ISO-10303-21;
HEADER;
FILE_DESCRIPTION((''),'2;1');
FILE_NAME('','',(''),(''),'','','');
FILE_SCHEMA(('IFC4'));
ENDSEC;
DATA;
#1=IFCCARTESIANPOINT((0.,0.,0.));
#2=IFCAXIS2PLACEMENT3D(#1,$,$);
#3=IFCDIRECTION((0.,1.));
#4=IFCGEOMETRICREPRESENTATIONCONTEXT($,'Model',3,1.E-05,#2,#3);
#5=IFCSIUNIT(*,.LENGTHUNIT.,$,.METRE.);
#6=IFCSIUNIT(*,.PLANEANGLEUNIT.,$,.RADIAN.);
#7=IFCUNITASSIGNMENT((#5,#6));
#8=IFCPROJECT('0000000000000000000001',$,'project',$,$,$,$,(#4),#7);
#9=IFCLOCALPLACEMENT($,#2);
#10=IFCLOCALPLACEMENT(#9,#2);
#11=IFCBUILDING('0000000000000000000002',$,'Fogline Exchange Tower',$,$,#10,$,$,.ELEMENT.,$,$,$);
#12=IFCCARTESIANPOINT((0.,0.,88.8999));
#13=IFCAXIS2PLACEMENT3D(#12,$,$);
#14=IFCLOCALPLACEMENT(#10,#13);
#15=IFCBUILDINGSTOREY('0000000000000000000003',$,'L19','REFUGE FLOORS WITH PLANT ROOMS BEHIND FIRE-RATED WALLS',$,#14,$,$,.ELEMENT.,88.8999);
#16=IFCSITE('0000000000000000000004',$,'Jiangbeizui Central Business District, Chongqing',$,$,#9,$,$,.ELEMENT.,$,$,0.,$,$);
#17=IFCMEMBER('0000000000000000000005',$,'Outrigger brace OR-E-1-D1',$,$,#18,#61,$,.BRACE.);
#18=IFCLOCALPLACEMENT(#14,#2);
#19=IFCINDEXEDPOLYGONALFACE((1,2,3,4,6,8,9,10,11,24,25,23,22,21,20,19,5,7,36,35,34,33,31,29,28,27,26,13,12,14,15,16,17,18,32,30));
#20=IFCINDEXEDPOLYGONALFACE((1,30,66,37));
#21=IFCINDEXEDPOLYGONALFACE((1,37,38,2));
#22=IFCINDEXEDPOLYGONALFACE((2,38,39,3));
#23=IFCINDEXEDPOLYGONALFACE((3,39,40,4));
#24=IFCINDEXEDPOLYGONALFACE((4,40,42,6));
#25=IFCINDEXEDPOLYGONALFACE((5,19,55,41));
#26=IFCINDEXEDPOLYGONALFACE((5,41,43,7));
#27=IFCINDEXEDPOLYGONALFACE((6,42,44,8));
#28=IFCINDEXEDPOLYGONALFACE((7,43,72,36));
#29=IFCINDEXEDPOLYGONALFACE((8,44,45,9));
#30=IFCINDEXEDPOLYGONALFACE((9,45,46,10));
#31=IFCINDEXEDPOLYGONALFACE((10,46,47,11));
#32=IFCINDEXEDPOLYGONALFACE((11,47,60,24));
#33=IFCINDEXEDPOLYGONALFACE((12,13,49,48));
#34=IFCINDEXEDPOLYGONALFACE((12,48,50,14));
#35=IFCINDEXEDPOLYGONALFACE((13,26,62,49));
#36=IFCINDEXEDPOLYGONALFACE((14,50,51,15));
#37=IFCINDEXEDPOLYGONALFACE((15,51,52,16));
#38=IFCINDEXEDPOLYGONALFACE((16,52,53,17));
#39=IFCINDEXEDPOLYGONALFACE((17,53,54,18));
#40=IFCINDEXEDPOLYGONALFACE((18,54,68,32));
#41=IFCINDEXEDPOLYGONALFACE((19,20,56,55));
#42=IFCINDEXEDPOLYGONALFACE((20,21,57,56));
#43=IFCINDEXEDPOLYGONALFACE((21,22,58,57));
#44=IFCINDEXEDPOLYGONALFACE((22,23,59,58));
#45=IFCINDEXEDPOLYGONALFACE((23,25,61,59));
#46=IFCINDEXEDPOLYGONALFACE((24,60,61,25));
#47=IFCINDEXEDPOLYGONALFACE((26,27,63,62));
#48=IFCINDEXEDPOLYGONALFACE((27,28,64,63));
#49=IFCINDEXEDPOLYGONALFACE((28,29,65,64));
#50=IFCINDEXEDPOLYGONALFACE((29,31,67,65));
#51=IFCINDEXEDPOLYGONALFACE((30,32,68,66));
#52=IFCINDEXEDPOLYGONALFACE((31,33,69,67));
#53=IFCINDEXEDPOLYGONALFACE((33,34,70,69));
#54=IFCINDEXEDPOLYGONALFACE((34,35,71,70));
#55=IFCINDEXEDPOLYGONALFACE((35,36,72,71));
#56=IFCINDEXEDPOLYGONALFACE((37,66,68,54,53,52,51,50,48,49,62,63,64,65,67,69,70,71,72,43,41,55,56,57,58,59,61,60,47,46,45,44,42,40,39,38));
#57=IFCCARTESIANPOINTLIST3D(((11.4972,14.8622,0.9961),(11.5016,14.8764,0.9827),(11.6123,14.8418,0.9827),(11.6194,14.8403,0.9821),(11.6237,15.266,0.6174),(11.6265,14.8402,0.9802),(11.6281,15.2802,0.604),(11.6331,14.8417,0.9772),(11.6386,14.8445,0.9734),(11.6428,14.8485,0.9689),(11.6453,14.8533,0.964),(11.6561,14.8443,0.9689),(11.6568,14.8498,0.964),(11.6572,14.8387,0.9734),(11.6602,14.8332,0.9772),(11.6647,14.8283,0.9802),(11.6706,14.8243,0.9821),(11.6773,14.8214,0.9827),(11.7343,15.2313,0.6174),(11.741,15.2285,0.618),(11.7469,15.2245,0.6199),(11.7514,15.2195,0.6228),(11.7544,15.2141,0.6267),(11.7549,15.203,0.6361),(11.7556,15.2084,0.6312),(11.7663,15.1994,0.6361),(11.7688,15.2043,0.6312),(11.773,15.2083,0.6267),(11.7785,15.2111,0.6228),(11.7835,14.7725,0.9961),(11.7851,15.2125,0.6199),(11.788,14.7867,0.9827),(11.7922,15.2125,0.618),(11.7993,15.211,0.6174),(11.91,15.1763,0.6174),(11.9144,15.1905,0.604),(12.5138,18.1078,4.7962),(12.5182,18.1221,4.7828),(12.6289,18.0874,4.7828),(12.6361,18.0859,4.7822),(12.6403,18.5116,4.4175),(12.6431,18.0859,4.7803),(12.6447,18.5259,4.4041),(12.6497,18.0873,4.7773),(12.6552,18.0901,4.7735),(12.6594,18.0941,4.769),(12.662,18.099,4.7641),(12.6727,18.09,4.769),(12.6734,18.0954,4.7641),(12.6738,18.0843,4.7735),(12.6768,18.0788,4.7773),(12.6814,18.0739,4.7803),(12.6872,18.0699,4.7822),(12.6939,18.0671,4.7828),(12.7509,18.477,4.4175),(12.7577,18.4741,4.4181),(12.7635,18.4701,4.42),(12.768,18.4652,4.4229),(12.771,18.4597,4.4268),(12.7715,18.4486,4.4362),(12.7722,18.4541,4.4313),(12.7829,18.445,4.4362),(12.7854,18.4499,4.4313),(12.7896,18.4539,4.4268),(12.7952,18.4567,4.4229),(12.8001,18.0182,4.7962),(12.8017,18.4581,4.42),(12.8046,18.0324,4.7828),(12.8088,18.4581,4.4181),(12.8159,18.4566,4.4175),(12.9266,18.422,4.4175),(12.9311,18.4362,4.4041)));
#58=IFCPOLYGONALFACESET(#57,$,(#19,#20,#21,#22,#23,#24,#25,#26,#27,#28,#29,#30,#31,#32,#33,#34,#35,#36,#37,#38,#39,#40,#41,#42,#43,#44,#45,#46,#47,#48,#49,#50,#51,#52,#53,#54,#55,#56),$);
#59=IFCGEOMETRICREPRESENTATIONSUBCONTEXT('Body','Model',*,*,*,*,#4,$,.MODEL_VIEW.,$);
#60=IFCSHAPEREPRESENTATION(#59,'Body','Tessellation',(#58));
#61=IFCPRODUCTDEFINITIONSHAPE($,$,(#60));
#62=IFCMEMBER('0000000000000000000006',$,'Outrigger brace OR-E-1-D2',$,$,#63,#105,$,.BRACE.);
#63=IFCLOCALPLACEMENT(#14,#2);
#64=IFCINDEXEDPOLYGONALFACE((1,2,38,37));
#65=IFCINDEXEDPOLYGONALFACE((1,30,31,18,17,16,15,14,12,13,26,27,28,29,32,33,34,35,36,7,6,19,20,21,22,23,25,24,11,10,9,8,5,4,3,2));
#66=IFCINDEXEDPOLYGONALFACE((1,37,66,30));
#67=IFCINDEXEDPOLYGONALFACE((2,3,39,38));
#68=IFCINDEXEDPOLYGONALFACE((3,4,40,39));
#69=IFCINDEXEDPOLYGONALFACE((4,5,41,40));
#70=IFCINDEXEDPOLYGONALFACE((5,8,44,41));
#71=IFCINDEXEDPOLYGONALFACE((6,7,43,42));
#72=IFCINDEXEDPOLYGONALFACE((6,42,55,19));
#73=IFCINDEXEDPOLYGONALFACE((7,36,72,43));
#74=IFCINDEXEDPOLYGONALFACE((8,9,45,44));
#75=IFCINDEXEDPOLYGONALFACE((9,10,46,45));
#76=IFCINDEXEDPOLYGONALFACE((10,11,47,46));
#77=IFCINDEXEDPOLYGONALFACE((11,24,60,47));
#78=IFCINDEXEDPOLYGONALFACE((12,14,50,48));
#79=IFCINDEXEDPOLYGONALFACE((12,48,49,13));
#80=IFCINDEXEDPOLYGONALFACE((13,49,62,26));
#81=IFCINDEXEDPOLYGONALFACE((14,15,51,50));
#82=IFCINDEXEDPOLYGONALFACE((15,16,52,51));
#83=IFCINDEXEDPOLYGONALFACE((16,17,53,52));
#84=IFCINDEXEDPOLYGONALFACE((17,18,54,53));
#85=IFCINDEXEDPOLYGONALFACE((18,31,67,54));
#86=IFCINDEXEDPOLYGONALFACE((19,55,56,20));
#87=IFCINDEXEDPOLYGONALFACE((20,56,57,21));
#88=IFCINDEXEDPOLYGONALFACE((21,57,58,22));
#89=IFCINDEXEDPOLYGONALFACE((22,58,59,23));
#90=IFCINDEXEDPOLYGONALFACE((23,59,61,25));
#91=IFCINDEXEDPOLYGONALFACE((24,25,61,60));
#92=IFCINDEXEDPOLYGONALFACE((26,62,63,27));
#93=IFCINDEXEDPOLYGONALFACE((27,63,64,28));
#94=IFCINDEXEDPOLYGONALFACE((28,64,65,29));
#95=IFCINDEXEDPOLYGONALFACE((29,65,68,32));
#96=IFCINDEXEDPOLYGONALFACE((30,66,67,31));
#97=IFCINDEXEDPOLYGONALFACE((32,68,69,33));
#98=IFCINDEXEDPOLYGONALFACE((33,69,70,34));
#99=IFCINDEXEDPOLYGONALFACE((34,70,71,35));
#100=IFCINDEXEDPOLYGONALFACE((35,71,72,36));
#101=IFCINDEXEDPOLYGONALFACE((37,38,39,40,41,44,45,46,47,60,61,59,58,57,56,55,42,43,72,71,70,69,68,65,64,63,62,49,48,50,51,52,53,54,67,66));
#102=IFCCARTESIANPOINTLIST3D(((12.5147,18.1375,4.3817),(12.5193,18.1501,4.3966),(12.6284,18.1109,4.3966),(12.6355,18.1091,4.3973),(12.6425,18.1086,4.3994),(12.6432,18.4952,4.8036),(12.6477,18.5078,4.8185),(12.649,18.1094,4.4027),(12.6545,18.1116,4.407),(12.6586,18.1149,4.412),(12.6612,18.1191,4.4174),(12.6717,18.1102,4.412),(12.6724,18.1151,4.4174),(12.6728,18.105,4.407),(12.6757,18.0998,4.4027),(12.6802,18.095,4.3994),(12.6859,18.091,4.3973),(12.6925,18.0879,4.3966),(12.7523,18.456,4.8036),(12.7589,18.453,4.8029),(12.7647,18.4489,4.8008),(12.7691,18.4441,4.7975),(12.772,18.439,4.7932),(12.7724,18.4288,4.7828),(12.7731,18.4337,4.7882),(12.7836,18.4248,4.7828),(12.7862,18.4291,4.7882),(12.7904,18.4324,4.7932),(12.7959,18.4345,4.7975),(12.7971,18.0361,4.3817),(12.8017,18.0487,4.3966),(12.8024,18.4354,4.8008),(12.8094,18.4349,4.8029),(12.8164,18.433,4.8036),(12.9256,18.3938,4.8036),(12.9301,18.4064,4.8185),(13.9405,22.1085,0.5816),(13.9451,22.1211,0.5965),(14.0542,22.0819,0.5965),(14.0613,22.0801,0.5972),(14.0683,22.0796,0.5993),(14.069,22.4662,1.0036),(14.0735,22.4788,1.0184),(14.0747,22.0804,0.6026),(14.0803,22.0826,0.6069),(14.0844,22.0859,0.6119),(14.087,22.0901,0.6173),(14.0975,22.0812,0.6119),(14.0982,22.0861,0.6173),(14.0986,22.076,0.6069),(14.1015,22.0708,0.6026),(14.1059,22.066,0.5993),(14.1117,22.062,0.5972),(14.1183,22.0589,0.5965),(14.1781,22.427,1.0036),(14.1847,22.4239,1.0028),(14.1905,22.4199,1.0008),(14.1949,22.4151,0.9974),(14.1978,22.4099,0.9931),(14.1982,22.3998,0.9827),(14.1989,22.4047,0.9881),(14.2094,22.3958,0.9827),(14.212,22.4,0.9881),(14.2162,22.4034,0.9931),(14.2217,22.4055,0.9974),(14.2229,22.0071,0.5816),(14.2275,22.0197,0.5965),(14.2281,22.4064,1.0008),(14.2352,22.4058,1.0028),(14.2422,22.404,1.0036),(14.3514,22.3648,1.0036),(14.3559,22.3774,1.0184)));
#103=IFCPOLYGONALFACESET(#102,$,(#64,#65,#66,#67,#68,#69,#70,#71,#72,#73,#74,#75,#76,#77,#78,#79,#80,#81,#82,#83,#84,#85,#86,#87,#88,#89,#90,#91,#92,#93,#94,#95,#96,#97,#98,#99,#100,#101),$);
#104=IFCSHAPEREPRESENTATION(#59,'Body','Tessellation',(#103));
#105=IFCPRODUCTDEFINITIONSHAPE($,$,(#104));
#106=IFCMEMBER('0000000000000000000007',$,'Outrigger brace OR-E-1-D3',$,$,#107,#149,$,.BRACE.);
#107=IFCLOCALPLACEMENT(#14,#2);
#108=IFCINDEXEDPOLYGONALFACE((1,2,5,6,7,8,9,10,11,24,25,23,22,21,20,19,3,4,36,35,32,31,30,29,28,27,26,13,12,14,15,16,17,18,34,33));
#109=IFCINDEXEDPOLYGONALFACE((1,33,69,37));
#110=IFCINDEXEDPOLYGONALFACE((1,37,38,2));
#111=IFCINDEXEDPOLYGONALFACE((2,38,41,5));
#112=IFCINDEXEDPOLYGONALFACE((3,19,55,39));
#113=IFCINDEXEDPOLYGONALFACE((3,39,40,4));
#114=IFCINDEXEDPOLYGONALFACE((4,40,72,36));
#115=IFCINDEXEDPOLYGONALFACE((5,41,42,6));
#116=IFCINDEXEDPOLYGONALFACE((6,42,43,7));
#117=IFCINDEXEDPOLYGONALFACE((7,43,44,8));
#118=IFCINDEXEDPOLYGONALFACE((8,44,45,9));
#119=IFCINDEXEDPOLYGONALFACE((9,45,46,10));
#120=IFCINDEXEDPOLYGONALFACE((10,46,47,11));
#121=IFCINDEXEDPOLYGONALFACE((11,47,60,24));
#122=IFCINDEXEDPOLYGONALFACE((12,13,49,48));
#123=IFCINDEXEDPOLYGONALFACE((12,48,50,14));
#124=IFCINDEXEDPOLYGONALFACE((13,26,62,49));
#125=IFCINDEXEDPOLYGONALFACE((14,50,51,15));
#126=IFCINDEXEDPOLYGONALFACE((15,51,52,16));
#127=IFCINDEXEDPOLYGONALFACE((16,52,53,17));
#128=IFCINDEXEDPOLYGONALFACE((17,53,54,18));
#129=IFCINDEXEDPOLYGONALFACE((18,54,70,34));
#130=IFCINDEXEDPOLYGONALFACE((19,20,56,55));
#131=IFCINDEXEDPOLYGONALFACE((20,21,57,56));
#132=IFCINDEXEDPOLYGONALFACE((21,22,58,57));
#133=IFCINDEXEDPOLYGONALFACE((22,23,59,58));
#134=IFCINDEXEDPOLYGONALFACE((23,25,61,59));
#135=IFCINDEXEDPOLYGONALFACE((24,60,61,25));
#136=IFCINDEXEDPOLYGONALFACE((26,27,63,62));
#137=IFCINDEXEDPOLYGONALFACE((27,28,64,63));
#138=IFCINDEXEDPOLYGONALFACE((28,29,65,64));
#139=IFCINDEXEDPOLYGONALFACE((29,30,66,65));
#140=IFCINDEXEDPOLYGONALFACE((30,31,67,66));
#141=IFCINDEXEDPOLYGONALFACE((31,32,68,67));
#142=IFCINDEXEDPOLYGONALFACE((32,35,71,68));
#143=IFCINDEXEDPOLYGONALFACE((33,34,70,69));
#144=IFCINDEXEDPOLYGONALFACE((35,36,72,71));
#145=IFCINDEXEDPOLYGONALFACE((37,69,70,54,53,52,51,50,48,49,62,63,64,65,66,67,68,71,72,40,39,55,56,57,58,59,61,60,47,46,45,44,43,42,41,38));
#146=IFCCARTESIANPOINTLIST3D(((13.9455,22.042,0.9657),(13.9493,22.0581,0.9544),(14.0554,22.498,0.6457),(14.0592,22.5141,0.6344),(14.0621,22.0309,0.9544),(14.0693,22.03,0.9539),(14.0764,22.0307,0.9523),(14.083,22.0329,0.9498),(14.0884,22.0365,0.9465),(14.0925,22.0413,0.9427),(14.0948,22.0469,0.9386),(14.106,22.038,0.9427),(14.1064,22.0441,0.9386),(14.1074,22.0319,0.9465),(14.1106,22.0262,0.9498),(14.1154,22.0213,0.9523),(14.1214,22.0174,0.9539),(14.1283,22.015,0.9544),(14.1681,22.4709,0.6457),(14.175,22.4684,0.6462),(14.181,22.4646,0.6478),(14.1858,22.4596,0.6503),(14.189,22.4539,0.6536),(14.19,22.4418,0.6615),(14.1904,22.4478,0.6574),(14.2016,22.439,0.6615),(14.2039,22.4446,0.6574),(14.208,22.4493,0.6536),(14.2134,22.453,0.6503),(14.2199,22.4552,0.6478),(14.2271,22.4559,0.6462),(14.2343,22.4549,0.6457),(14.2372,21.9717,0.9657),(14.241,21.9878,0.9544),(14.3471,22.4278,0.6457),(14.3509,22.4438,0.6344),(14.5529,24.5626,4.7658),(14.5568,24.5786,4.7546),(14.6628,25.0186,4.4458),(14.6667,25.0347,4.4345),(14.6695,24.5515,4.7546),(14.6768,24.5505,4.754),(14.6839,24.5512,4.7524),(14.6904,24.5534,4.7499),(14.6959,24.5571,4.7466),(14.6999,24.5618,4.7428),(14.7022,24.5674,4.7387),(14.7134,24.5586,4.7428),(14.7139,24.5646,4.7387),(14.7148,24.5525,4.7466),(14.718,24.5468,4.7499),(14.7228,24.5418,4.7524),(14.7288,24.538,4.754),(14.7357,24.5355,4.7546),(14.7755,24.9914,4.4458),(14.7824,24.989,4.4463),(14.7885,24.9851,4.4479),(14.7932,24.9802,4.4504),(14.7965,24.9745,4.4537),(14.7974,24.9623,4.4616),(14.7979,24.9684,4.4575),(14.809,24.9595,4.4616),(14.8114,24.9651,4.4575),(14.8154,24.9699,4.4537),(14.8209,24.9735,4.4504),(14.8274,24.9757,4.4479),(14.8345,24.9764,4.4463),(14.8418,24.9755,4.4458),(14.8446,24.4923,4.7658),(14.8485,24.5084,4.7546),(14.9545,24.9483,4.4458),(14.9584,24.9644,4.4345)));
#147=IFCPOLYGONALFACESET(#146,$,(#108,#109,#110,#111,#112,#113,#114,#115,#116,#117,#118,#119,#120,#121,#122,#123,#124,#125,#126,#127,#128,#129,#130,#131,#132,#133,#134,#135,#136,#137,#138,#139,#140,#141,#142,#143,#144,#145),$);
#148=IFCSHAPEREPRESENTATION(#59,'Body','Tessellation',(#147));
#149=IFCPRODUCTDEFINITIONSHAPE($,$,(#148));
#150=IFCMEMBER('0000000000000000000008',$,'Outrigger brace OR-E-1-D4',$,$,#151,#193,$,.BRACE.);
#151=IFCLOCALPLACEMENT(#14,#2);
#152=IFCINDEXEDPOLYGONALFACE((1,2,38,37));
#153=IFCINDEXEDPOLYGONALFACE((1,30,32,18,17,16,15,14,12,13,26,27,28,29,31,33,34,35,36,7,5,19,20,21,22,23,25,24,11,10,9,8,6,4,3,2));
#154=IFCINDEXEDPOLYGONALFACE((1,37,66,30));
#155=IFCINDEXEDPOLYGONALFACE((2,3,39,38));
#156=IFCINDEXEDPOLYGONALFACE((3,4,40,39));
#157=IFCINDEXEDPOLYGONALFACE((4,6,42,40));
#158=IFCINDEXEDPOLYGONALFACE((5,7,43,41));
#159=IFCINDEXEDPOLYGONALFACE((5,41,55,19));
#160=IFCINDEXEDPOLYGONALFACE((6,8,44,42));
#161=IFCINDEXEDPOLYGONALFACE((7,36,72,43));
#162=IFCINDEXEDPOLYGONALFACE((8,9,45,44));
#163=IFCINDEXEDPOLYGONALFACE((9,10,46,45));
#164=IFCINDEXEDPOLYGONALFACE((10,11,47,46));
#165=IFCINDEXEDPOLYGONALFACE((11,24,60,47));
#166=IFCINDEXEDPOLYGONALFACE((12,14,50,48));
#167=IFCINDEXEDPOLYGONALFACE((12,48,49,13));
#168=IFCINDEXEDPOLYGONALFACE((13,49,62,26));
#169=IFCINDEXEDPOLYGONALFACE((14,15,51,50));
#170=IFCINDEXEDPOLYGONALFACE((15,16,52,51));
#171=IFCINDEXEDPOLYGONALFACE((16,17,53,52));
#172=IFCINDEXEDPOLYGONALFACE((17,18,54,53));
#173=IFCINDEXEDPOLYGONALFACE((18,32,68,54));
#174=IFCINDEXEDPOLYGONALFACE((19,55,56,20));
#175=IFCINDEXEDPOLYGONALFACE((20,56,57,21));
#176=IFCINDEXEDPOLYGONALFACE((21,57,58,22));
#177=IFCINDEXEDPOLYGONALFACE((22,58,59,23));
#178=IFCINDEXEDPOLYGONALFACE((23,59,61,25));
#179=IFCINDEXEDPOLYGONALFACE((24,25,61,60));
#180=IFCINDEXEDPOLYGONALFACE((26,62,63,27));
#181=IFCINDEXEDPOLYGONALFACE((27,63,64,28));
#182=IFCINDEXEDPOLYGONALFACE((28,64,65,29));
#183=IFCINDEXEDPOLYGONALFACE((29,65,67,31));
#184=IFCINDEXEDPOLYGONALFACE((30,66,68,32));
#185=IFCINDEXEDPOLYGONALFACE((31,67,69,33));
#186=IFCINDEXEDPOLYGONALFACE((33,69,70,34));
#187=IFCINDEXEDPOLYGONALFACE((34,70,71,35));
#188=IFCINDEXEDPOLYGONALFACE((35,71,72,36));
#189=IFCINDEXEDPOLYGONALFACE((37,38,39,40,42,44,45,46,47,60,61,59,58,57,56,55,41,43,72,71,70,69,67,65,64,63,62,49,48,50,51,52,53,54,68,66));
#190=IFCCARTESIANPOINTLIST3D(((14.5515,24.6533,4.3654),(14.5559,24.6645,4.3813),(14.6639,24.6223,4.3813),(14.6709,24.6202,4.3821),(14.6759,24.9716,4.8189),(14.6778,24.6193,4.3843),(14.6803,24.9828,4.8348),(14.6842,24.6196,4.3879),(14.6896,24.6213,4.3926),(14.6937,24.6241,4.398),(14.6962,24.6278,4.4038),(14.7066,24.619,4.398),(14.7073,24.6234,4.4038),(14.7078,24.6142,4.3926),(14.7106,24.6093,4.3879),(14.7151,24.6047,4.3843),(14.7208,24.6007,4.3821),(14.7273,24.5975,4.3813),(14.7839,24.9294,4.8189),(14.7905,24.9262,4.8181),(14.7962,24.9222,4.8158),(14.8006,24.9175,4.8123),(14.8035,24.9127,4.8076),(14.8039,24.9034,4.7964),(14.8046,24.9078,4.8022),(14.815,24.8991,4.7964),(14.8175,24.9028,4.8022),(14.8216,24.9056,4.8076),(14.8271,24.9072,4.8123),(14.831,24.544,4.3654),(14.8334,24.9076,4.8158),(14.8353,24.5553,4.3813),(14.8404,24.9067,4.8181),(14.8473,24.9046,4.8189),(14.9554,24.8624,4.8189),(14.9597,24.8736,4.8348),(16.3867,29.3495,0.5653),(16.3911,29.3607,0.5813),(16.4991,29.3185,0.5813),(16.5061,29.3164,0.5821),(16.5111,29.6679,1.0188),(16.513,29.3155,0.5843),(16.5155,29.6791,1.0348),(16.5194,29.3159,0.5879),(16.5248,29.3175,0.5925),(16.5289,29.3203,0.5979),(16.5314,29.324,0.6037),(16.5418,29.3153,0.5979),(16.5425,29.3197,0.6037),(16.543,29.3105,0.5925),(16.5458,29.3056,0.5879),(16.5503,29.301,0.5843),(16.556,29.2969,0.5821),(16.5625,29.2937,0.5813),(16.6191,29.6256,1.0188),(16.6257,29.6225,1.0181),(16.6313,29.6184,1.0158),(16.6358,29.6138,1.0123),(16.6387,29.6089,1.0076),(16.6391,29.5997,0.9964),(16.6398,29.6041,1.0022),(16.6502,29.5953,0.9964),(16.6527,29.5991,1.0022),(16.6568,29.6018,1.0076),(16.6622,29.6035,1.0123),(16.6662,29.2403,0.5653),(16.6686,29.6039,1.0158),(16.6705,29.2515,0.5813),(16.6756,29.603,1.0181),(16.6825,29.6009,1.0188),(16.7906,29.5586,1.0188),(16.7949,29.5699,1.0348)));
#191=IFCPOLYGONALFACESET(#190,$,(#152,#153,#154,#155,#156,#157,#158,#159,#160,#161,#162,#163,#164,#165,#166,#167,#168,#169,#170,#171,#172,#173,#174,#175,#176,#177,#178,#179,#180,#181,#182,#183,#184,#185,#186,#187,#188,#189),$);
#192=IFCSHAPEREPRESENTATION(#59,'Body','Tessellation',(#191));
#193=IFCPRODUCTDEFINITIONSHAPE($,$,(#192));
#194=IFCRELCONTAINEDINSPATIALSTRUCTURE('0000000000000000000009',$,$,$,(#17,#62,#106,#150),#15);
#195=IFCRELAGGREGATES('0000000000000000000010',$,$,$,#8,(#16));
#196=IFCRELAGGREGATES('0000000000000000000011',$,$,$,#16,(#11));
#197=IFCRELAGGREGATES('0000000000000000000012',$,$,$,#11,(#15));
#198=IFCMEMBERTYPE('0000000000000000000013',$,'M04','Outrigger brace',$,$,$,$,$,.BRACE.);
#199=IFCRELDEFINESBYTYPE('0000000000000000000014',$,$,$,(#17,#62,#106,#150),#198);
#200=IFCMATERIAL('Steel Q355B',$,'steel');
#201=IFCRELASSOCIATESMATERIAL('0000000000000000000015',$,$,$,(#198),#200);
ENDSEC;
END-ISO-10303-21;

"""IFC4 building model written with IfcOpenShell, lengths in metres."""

from ifc_helpers import new_model, si_unit, direction, frame, origin, origin_2d, place, context, subcontext, project, spatial, i_section, extrude, material, material_profile, profile_set, type_object, element, save


model = new_model("IFC4")

# Units and contexts
model_context = context("Model", 3, precision=1e-05, world=origin(), true_north=direction((0.0, 1.0)))
body_context = subcontext(model_context, "Body", "Model", "MODEL_VIEW")
ifc_project = project(units=[si_unit("LENGTHUNIT", "METRE"), si_unit("PLANEANGLEUNIT", "RADIAN")], contexts=[model_context])

# Site, building, storey
site_placement = place(None, origin())
site = spatial("IfcSite", under=ifc_project, at=site_placement, Name="Jiangbeizui Central Business District, Chongqing", CompositionType="ELEMENT", RefElevation=0.0)
building_placement = place(site_placement, origin())
building = spatial("IfcBuilding", under=site, at=building_placement, Name="Fogline Exchange Tower", CompositionType="ELEMENT")
storey_placement = place(building_placement, frame((0.0, 0.0, 88.8999)))
storey = spatial("IfcBuildingStorey", under=building, at=storey_placement, Name="L19", Description="REFUGE FLOORS WITH PLANT ROOMS BEHIND FIRE-RATED WALLS", CompositionType="ELEMENT", Elevation=88.8999)

# Members
ifc_material_1 = material(Name="Steel Q355B", Category="steel")
ifc_material_profile_1 = material_profile(ifc_material_1, i_section(OverallWidth=0.3, OverallDepth=0.5879, WebThickness=0.012, FlangeThickness=0.02, FilletRadius=0.0281, at=origin_2d()), Name="HM588X300X12X20")
ifc_profile_set_1 = profile_set([ifc_material_profile_1], Name="Steel Q355B")
member_type_1 = type_object("IfcMemberType", Name="M04", Description="Outrigger brace", PredefinedType="BRACE", material=ifc_profile_set_1)
member_1_placement = place(storey_placement, frame((11.7058, 15.0264, 0.8), z_axis=(0.199342, 0.63642, 0.745139), x_axis=(-0.954283, 0.298904, 0.0)))
element("IfcMember", 1, at=member_1_placement, inside=storey, type_object=member_type_1, Name="Outrigger brace OR-E-1-D1", PredefinedType="BRACE", context=body_context, shape_type="SweptSolid", body=[
    extrude(i_section(OverallWidth=0.3, OverallDepth=0.5879, WebThickness=0.012, FlangeThickness=0.02, FilletRadius=0.0281, at=origin_2d()), origin(), (0.0, 0.0, 1.0), 5.0999),
])
member_2_placement = place(storey_placement, frame((12.7224, 18.272, 4.6001), z_axis=(0.251099, 0.699335, -0.669238), x_axis=(-0.941171, 0.33793, 0.0)))
element("IfcMember", 2, at=member_2_placement, inside=storey, type_object=member_type_1, Name="Outrigger brace OR-E-1-D2", PredefinedType="BRACE", context=body_context, shape_type="SweptSolid", body=[
    extrude(i_section(OverallWidth=0.3, OverallDepth=0.5879, WebThickness=0.012, FlangeThickness=0.02, FilletRadius=0.0281, at=origin_2d()), origin(), (0.0, 0.0, 1.0), 5.6782),
])
member_3_placement = place(storey_placement, frame((14.1482, 22.2429, 0.8), z_axis=(0.132041, 0.547907, 0.826053), x_axis=(-0.972168, 0.234285, 0.0)))
element("IfcMember", 3, at=member_3_placement, inside=storey, type_object=member_type_1, Name="Outrigger brace OR-E-1-D3", PredefinedType="BRACE", context=body_context, shape_type="SweptSolid", body=[
    extrude(i_section(OverallWidth=0.3, OverallDepth=0.5879, WebThickness=0.012, FlangeThickness=0.02, FilletRadius=0.0281, at=origin_2d()), origin(), (0.0, 0.0, 1.0), 4.6003),
])
member_4_placement = place(storey_placement, frame((14.7556, 24.7634, 4.6001), z_axis=(0.290668, 0.743819, -0.601868), x_axis=(-0.931409, 0.363974, 0.0)))
element("IfcMember", 4, at=member_4_placement, inside=storey, type_object=member_type_1, Name="Outrigger brace OR-E-1-D4", PredefinedType="BRACE", context=body_context, shape_type="SweptSolid", body=[
    extrude(i_section(OverallWidth=0.3, OverallDepth=0.5879, WebThickness=0.012, FlangeThickness=0.02, FilletRadius=0.0281, at=origin_2d()), origin(), (0.0, 0.0, 1.0), 6.3137),
])

save(model, "model.ifc")
